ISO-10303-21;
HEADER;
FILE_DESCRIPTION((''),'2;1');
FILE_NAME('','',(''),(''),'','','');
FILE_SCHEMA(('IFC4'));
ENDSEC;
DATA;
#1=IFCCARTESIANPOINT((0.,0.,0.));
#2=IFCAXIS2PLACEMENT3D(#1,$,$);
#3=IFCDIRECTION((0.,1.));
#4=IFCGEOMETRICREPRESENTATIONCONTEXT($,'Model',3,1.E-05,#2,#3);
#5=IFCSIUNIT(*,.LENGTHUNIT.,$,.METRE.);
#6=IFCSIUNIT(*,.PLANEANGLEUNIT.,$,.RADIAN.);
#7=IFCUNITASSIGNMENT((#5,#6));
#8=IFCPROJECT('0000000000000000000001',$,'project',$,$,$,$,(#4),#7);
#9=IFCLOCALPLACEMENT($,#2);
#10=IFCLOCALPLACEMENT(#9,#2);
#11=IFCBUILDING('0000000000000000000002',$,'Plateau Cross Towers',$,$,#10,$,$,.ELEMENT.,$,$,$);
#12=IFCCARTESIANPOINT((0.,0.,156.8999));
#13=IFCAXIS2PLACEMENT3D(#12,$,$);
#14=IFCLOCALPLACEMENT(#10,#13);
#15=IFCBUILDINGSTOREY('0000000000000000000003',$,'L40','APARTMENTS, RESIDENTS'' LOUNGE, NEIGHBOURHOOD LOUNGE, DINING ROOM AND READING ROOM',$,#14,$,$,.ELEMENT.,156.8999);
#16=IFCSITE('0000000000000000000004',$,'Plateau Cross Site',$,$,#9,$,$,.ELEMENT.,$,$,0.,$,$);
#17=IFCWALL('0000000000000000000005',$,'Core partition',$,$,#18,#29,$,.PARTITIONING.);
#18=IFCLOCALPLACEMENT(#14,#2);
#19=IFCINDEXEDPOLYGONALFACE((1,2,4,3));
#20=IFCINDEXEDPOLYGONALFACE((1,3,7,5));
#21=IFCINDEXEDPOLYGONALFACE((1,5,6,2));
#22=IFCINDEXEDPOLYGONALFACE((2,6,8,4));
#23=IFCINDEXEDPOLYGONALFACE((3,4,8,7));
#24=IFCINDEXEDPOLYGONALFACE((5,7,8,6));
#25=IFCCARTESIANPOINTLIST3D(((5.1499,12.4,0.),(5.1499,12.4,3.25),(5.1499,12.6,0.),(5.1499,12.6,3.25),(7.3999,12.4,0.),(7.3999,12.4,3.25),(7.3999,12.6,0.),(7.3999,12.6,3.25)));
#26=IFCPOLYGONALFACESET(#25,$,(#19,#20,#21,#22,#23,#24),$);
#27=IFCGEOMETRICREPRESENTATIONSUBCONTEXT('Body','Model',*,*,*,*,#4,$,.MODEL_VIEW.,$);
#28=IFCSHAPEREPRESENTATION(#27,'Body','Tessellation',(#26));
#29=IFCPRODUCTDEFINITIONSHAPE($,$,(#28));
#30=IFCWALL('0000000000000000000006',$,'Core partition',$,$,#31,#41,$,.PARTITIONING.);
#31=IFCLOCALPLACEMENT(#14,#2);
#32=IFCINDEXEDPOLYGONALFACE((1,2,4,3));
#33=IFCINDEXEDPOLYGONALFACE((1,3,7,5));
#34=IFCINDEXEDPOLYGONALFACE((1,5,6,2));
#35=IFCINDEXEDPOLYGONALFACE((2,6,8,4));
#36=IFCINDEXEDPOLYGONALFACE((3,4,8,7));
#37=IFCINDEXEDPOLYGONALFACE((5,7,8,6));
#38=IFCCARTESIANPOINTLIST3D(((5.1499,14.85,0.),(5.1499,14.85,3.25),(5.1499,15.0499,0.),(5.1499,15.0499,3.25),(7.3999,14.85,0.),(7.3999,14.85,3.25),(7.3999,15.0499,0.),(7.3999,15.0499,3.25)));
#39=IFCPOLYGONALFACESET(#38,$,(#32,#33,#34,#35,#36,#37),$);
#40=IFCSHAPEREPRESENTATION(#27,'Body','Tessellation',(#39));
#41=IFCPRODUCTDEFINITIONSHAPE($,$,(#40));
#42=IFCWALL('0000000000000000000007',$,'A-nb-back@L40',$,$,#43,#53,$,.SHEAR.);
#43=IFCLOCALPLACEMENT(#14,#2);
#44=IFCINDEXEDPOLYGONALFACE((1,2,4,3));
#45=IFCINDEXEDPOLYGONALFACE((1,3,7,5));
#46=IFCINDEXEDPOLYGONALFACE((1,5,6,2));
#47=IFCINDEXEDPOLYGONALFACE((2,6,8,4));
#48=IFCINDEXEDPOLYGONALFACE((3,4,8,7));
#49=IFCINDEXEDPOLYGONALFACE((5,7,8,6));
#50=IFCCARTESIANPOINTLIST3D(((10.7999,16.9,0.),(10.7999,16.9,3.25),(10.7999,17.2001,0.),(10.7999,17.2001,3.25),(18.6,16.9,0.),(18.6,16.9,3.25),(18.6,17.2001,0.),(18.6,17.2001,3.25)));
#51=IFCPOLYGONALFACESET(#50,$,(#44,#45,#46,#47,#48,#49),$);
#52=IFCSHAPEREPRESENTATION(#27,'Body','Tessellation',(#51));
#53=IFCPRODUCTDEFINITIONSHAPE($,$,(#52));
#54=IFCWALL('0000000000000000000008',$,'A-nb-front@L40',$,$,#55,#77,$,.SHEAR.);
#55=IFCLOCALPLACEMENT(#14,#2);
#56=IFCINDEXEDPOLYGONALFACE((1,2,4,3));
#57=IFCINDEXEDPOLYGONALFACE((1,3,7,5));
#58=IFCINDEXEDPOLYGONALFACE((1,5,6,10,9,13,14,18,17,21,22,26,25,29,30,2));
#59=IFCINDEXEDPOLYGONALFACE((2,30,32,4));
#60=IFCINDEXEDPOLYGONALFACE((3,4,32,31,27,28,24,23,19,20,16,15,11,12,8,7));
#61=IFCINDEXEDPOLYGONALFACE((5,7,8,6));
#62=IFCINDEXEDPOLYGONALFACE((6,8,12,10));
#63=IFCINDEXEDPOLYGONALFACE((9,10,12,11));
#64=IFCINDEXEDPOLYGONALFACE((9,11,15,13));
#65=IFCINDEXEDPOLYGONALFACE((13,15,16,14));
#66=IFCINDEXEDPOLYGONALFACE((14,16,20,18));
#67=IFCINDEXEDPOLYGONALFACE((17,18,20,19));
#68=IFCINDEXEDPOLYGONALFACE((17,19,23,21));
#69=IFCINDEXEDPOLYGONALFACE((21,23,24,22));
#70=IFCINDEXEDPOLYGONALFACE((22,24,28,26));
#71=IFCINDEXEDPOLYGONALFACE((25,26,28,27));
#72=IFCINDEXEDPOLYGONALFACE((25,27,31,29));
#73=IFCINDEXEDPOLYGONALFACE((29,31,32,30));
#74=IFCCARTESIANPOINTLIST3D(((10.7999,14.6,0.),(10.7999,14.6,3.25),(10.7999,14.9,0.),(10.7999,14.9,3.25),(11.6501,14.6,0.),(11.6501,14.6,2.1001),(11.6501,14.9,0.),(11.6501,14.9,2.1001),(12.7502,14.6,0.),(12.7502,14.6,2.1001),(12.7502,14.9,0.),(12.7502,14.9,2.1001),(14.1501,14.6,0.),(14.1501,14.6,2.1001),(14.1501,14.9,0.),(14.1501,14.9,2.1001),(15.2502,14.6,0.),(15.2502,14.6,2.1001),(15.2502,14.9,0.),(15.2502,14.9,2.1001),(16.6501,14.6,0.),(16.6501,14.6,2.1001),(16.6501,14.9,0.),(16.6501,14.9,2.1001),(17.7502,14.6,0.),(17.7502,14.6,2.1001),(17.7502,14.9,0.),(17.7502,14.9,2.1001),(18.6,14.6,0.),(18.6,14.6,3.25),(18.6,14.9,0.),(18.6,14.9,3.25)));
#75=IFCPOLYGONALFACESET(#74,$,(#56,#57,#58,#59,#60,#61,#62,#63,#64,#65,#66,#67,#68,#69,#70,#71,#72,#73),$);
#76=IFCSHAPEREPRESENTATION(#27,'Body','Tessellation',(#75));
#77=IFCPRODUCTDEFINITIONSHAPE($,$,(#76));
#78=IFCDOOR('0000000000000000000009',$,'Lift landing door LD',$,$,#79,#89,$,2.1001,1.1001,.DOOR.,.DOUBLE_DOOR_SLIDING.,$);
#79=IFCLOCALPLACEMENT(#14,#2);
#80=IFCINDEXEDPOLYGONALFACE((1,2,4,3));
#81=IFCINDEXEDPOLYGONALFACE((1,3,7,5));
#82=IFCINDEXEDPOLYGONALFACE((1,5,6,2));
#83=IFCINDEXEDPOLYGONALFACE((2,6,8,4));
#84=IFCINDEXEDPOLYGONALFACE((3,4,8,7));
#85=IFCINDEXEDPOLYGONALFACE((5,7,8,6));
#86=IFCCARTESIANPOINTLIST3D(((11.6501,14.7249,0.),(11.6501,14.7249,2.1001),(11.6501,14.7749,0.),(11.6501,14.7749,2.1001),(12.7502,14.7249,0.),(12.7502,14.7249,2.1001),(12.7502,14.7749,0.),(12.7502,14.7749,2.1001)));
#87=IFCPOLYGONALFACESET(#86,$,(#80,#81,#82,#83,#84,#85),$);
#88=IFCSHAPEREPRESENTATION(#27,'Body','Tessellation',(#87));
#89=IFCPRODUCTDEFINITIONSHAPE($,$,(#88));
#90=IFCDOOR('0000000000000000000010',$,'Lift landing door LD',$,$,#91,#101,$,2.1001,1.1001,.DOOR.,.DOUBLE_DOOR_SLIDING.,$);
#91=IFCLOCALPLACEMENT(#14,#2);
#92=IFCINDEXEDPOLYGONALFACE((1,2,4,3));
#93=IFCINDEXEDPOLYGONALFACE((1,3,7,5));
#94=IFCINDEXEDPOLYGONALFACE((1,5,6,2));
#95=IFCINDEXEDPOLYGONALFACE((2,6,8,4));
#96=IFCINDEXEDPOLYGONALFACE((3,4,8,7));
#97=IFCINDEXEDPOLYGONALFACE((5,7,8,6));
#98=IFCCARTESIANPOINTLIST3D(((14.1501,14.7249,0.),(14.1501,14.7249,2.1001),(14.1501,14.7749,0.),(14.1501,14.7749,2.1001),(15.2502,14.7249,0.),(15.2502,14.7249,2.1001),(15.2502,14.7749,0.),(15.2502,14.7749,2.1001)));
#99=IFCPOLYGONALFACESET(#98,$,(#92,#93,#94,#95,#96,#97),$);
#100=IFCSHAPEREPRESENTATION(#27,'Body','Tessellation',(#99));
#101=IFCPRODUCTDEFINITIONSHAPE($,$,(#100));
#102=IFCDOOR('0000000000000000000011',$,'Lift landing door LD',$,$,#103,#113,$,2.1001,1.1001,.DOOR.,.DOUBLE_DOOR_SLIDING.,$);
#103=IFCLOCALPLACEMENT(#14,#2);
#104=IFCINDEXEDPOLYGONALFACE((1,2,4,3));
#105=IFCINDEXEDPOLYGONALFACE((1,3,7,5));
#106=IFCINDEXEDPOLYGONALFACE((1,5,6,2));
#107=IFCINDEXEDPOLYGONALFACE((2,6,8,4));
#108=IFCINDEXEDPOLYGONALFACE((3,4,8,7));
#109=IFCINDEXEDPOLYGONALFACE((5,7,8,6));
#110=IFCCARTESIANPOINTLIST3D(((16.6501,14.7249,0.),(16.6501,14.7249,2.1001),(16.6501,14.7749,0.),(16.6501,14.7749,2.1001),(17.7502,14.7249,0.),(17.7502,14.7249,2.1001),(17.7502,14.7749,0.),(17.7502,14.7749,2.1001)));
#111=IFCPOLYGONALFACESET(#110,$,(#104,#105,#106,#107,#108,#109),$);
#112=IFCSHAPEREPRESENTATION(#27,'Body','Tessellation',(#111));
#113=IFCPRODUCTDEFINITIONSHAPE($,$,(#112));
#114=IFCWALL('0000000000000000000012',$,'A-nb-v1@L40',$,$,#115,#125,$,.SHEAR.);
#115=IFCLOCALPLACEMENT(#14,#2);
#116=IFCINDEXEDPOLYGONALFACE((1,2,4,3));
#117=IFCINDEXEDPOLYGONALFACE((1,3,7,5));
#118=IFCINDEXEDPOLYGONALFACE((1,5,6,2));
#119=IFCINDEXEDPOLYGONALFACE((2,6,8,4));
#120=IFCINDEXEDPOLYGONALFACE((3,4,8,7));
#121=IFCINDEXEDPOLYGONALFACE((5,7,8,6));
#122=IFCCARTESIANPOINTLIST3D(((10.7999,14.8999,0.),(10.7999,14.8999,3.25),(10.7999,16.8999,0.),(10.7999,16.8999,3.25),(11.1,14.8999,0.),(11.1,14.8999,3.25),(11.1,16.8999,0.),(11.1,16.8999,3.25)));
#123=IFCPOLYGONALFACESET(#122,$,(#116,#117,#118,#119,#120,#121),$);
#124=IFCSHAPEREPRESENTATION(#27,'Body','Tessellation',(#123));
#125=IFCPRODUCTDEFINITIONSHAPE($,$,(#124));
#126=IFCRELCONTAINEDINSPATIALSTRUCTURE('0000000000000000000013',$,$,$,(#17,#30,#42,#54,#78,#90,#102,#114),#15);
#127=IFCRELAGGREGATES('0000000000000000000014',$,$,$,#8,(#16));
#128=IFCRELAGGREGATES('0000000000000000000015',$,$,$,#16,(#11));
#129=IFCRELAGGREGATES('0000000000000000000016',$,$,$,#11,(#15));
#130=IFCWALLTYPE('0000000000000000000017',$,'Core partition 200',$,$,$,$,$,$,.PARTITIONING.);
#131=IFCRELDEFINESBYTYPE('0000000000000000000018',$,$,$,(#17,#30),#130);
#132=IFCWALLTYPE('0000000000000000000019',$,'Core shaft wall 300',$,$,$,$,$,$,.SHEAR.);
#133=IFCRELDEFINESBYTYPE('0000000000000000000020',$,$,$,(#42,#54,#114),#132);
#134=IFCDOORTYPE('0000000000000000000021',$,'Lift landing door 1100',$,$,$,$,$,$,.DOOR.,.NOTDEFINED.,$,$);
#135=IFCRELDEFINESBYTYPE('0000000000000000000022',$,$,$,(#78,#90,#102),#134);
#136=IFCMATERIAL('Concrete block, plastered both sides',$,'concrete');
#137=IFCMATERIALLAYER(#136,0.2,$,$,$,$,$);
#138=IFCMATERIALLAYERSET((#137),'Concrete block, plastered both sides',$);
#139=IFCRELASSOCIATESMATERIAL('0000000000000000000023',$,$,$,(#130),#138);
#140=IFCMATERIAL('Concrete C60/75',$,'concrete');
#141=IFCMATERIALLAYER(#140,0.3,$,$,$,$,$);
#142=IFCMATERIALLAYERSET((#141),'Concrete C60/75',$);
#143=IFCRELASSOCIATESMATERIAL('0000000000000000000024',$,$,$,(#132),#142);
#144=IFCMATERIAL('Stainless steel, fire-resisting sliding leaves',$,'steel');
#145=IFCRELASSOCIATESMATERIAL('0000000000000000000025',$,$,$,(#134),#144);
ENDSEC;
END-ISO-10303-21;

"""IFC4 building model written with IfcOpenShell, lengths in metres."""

from ifc_helpers import new_model, si_unit, direction, frame, frame_2d, origin, place, context, subcontext, project, spatial, rectangle, extrude, material, layer, layer_set, type_object, element, fill, save


model = new_model("IFC4")

# Units and contexts
model_context = context("Model", 3, precision=1e-05, world=origin(), true_north=direction((0.0, 1.0)))
body_context = subcontext(model_context, "Body", "Model", "MODEL_VIEW")
ifc_project = project(units=[si_unit("LENGTHUNIT", "METRE"), si_unit("PLANEANGLEUNIT", "RADIAN")], contexts=[model_context])

# Site, building, storey
site_placement = place(None, origin())
site = spatial("IfcSite", under=ifc_project, at=site_placement, Name="Plateau Cross Site", CompositionType="ELEMENT", RefElevation=0.0)
building_placement = place(site_placement, origin())
building = spatial("IfcBuilding", under=site, at=building_placement, Name="Plateau Cross Towers", CompositionType="ELEMENT")
storey_placement = place(building_placement, frame((0.0, 0.0, 156.8999)))
storey = spatial("IfcBuildingStorey", under=building, at=storey_placement, Name="L40", Description="APARTMENTS, RESIDENTS' LOUNGE, NEIGHBOURHOOD LOUNGE, DINING ROOM AND READING ROOM", CompositionType="ELEMENT", Elevation=156.8999)

# Walls
ifc_material_1 = material(Name="Concrete block, plastered both sides", Category="concrete")
ifc_layer_1 = layer(ifc_material_1, 0.2)
ifc_layer_set_1 = layer_set([ifc_layer_1], Name="Concrete block, plastered both sides")
wall_type_1 = type_object("IfcWallType", Name="Core partition 200", PredefinedType="PARTITIONING", material=ifc_layer_set_1)
for number, where, z_axis, x_axis, name in (
    (1, (5.1499, 12.5, 0.0), (0.0, 0.0, 1.0), (1.0, 0.0, 0.0), "Core partition"),
    (2, (5.1499, 14.95, 0.0), (0.0, 0.0, 1.0), (1.0, 0.0, 0.0), "Core partition"),
):
    element("IfcWall", number, at=place(storey_placement, frame(where, z_axis=z_axis, x_axis=x_axis)), inside=storey, type_object=wall_type_1, Name=name, PredefinedType="PARTITIONING", context=body_context, shape_type="SweptSolid", body=[
        extrude(rectangle(XDim=2.25, YDim=0.2, at=frame_2d((1.125, 0.0))), origin(), (0.0, 0.0, 1.0), 3.25),
    ])
ifc_material_2 = material(Name="Concrete C60/75", Category="concrete")
ifc_layer_2 = layer(ifc_material_2, 0.3)
ifc_layer_set_2 = layer_set([ifc_layer_2], Name="Concrete C60/75")
wall_type_2 = type_object("IfcWallType", Name="Core shaft wall 300", PredefinedType="SHEAR", material=ifc_layer_set_2)
wall_1_placement = place(storey_placement, frame((10.8, 17.05, 0.0), z_axis=(0.0, 0.0, 1.0), x_axis=(1.0, 0.0, 0.0)))
element("IfcWall", 3, at=wall_1_placement, inside=storey, type_object=wall_type_2, Name="A-nb-back@L40", PredefinedType="SHEAR", context=body_context, shape_type="SweptSolid", body=[
    extrude(rectangle(XDim=7.8, YDim=0.3, at=frame_2d((3.8999, 0.0))), origin(), (0.0, 0.0, 1.0), 3.25),
])

# Wall, openings, doors
wall_2_placement = place(storey_placement, frame((10.8, 14.75, 0.0), z_axis=(0.0, 0.0, 1.0), x_axis=(1.0, 0.0, 0.0)))
wall_2 = element("IfcWall", 4, at=wall_2_placement, inside=storey, type_object=wall_type_2, Name="A-nb-front@L40", PredefinedType="SHEAR", context=body_context, shape_type="SweptSolid", body=[
    extrude(rectangle(XDim=7.8, YDim=0.3, at=frame_2d((3.8999, 0.0))), origin(), (0.0, 0.0, 1.0), 3.25),
])
opening_1_placement = place(wall_2_placement, frame((0.8501, 0.0, 0.0)))
opening_1 = element("IfcOpeningElement", 5, at=opening_1_placement, cuts=wall_2, PredefinedType="OPENING", context=body_context, shape_type="SweptSolid", body=[
    extrude(rectangle(XDim=1.1001, YDim=2.1001, at=frame_2d((0.55, 1.05))), frame((0.0, 0.1599, 0.0), z_axis=(0.0, -1.0, 0.0), x_axis=(1.0, 0.0, 0.0)), (0.0, 0.0, 1.0), 0.3201),
])
opening_2_placement = place(wall_2_placement, frame((3.3501, 0.0, 0.0)))
opening_2 = element("IfcOpeningElement", 6, at=opening_2_placement, cuts=wall_2, PredefinedType="OPENING", context=body_context, shape_type="SweptSolid", body=[
    extrude(rectangle(XDim=1.1001, YDim=2.1001, at=frame_2d((0.55, 1.05))), frame((0.0, 0.1599, 0.0), z_axis=(0.0, -1.0, 0.0), x_axis=(1.0, 0.0, 0.0)), (0.0, 0.0, 1.0), 0.3201),
])
opening_3_placement = place(wall_2_placement, frame((5.8501, 0.0, 0.0)))
opening_3 = element("IfcOpeningElement", 7, at=opening_3_placement, cuts=wall_2, PredefinedType="OPENING", context=body_context, shape_type="SweptSolid", body=[
    extrude(rectangle(XDim=1.1001, YDim=2.1001, at=frame_2d((0.55, 1.05))), frame((0.0, 0.1599, 0.0), z_axis=(0.0, -1.0, 0.0), x_axis=(1.0, 0.0, 0.0)), (0.0, 0.0, 1.0), 0.3201),
])
ifc_material_3 = material(Name="Stainless steel, fire-resisting sliding leaves", Category="steel")
door_type_1 = type_object("IfcDoorType", Name="Lift landing door 1100", OperationType="NOTDEFINED", PredefinedType="DOOR", material=ifc_material_3)
door_1_placement = place(opening_1_placement, origin())
door_1 = element("IfcDoor", 8, at=door_1_placement, inside=storey, type_object=door_type_1, Name="Lift landing door LD", OperationType="DOUBLE_DOOR_SLIDING", OverallHeight=2.1001, OverallWidth=1.1001, PredefinedType="DOOR", context=body_context, shape_type="SweptSolid", body=[
    extrude(rectangle(XDim=1.1001, YDim=2.1001, at=frame_2d((0.55, 1.05))), frame((0.0, 0.0249, 0.0), z_axis=(0.0, -1.0, 0.0), x_axis=(1.0, 0.0, 0.0)), (0.0, 0.0, 1.0), 0.05),
])
fill(opening_1, door_1)
door_2_placement = place(opening_2_placement, origin())
door_2 = element("IfcDoor", 9, at=door_2_placement, inside=storey, type_object=door_type_1, Name="Lift landing door LD", OperationType="DOUBLE_DOOR_SLIDING", OverallHeight=2.1001, OverallWidth=1.1001, PredefinedType="DOOR", context=body_context, shape_type="SweptSolid", body=[
    extrude(rectangle(XDim=1.1001, YDim=2.1001, at=frame_2d((0.55, 1.05))), frame((0.0, 0.0249, 0.0), z_axis=(0.0, -1.0, 0.0), x_axis=(1.0, 0.0, 0.0)), (0.0, 0.0, 1.0), 0.05),
])
fill(opening_2, door_2)
door_3_placement = place(opening_3_placement, origin())
door_3 = element("IfcDoor", 10, at=door_3_placement, inside=storey, type_object=door_type_1, Name="Lift landing door LD", OperationType="DOUBLE_DOOR_SLIDING", OverallHeight=2.1001, OverallWidth=1.1001, PredefinedType="DOOR", context=body_context, shape_type="SweptSolid", body=[
    extrude(rectangle(XDim=1.1001, YDim=2.1001, at=frame_2d((0.55, 1.05))), frame((0.0, 0.0249, 0.0), z_axis=(0.0, -1.0, 0.0), x_axis=(1.0, 0.0, 0.0)), (0.0, 0.0, 1.0), 0.05),
])
fill(opening_3, door_3)

# Wall
wall_3_placement = place(storey_placement, frame((10.95, 14.8999, 0.0), z_axis=(0.0, 0.0, 1.0), x_axis=(0.0, 1.0, 0.0)))
element("IfcWall", 11, at=wall_3_placement, inside=storey, type_object=wall_type_2, Name="A-nb-v1@L40", PredefinedType="SHEAR", context=body_context, shape_type="SweptSolid", body=[
    extrude(rectangle(XDim=2.0, YDim=0.3, at=frame_2d((1.0, 0.0))), origin(), (0.0, 0.0, 1.0), 3.25),
])

save(model, "model.ifc")
